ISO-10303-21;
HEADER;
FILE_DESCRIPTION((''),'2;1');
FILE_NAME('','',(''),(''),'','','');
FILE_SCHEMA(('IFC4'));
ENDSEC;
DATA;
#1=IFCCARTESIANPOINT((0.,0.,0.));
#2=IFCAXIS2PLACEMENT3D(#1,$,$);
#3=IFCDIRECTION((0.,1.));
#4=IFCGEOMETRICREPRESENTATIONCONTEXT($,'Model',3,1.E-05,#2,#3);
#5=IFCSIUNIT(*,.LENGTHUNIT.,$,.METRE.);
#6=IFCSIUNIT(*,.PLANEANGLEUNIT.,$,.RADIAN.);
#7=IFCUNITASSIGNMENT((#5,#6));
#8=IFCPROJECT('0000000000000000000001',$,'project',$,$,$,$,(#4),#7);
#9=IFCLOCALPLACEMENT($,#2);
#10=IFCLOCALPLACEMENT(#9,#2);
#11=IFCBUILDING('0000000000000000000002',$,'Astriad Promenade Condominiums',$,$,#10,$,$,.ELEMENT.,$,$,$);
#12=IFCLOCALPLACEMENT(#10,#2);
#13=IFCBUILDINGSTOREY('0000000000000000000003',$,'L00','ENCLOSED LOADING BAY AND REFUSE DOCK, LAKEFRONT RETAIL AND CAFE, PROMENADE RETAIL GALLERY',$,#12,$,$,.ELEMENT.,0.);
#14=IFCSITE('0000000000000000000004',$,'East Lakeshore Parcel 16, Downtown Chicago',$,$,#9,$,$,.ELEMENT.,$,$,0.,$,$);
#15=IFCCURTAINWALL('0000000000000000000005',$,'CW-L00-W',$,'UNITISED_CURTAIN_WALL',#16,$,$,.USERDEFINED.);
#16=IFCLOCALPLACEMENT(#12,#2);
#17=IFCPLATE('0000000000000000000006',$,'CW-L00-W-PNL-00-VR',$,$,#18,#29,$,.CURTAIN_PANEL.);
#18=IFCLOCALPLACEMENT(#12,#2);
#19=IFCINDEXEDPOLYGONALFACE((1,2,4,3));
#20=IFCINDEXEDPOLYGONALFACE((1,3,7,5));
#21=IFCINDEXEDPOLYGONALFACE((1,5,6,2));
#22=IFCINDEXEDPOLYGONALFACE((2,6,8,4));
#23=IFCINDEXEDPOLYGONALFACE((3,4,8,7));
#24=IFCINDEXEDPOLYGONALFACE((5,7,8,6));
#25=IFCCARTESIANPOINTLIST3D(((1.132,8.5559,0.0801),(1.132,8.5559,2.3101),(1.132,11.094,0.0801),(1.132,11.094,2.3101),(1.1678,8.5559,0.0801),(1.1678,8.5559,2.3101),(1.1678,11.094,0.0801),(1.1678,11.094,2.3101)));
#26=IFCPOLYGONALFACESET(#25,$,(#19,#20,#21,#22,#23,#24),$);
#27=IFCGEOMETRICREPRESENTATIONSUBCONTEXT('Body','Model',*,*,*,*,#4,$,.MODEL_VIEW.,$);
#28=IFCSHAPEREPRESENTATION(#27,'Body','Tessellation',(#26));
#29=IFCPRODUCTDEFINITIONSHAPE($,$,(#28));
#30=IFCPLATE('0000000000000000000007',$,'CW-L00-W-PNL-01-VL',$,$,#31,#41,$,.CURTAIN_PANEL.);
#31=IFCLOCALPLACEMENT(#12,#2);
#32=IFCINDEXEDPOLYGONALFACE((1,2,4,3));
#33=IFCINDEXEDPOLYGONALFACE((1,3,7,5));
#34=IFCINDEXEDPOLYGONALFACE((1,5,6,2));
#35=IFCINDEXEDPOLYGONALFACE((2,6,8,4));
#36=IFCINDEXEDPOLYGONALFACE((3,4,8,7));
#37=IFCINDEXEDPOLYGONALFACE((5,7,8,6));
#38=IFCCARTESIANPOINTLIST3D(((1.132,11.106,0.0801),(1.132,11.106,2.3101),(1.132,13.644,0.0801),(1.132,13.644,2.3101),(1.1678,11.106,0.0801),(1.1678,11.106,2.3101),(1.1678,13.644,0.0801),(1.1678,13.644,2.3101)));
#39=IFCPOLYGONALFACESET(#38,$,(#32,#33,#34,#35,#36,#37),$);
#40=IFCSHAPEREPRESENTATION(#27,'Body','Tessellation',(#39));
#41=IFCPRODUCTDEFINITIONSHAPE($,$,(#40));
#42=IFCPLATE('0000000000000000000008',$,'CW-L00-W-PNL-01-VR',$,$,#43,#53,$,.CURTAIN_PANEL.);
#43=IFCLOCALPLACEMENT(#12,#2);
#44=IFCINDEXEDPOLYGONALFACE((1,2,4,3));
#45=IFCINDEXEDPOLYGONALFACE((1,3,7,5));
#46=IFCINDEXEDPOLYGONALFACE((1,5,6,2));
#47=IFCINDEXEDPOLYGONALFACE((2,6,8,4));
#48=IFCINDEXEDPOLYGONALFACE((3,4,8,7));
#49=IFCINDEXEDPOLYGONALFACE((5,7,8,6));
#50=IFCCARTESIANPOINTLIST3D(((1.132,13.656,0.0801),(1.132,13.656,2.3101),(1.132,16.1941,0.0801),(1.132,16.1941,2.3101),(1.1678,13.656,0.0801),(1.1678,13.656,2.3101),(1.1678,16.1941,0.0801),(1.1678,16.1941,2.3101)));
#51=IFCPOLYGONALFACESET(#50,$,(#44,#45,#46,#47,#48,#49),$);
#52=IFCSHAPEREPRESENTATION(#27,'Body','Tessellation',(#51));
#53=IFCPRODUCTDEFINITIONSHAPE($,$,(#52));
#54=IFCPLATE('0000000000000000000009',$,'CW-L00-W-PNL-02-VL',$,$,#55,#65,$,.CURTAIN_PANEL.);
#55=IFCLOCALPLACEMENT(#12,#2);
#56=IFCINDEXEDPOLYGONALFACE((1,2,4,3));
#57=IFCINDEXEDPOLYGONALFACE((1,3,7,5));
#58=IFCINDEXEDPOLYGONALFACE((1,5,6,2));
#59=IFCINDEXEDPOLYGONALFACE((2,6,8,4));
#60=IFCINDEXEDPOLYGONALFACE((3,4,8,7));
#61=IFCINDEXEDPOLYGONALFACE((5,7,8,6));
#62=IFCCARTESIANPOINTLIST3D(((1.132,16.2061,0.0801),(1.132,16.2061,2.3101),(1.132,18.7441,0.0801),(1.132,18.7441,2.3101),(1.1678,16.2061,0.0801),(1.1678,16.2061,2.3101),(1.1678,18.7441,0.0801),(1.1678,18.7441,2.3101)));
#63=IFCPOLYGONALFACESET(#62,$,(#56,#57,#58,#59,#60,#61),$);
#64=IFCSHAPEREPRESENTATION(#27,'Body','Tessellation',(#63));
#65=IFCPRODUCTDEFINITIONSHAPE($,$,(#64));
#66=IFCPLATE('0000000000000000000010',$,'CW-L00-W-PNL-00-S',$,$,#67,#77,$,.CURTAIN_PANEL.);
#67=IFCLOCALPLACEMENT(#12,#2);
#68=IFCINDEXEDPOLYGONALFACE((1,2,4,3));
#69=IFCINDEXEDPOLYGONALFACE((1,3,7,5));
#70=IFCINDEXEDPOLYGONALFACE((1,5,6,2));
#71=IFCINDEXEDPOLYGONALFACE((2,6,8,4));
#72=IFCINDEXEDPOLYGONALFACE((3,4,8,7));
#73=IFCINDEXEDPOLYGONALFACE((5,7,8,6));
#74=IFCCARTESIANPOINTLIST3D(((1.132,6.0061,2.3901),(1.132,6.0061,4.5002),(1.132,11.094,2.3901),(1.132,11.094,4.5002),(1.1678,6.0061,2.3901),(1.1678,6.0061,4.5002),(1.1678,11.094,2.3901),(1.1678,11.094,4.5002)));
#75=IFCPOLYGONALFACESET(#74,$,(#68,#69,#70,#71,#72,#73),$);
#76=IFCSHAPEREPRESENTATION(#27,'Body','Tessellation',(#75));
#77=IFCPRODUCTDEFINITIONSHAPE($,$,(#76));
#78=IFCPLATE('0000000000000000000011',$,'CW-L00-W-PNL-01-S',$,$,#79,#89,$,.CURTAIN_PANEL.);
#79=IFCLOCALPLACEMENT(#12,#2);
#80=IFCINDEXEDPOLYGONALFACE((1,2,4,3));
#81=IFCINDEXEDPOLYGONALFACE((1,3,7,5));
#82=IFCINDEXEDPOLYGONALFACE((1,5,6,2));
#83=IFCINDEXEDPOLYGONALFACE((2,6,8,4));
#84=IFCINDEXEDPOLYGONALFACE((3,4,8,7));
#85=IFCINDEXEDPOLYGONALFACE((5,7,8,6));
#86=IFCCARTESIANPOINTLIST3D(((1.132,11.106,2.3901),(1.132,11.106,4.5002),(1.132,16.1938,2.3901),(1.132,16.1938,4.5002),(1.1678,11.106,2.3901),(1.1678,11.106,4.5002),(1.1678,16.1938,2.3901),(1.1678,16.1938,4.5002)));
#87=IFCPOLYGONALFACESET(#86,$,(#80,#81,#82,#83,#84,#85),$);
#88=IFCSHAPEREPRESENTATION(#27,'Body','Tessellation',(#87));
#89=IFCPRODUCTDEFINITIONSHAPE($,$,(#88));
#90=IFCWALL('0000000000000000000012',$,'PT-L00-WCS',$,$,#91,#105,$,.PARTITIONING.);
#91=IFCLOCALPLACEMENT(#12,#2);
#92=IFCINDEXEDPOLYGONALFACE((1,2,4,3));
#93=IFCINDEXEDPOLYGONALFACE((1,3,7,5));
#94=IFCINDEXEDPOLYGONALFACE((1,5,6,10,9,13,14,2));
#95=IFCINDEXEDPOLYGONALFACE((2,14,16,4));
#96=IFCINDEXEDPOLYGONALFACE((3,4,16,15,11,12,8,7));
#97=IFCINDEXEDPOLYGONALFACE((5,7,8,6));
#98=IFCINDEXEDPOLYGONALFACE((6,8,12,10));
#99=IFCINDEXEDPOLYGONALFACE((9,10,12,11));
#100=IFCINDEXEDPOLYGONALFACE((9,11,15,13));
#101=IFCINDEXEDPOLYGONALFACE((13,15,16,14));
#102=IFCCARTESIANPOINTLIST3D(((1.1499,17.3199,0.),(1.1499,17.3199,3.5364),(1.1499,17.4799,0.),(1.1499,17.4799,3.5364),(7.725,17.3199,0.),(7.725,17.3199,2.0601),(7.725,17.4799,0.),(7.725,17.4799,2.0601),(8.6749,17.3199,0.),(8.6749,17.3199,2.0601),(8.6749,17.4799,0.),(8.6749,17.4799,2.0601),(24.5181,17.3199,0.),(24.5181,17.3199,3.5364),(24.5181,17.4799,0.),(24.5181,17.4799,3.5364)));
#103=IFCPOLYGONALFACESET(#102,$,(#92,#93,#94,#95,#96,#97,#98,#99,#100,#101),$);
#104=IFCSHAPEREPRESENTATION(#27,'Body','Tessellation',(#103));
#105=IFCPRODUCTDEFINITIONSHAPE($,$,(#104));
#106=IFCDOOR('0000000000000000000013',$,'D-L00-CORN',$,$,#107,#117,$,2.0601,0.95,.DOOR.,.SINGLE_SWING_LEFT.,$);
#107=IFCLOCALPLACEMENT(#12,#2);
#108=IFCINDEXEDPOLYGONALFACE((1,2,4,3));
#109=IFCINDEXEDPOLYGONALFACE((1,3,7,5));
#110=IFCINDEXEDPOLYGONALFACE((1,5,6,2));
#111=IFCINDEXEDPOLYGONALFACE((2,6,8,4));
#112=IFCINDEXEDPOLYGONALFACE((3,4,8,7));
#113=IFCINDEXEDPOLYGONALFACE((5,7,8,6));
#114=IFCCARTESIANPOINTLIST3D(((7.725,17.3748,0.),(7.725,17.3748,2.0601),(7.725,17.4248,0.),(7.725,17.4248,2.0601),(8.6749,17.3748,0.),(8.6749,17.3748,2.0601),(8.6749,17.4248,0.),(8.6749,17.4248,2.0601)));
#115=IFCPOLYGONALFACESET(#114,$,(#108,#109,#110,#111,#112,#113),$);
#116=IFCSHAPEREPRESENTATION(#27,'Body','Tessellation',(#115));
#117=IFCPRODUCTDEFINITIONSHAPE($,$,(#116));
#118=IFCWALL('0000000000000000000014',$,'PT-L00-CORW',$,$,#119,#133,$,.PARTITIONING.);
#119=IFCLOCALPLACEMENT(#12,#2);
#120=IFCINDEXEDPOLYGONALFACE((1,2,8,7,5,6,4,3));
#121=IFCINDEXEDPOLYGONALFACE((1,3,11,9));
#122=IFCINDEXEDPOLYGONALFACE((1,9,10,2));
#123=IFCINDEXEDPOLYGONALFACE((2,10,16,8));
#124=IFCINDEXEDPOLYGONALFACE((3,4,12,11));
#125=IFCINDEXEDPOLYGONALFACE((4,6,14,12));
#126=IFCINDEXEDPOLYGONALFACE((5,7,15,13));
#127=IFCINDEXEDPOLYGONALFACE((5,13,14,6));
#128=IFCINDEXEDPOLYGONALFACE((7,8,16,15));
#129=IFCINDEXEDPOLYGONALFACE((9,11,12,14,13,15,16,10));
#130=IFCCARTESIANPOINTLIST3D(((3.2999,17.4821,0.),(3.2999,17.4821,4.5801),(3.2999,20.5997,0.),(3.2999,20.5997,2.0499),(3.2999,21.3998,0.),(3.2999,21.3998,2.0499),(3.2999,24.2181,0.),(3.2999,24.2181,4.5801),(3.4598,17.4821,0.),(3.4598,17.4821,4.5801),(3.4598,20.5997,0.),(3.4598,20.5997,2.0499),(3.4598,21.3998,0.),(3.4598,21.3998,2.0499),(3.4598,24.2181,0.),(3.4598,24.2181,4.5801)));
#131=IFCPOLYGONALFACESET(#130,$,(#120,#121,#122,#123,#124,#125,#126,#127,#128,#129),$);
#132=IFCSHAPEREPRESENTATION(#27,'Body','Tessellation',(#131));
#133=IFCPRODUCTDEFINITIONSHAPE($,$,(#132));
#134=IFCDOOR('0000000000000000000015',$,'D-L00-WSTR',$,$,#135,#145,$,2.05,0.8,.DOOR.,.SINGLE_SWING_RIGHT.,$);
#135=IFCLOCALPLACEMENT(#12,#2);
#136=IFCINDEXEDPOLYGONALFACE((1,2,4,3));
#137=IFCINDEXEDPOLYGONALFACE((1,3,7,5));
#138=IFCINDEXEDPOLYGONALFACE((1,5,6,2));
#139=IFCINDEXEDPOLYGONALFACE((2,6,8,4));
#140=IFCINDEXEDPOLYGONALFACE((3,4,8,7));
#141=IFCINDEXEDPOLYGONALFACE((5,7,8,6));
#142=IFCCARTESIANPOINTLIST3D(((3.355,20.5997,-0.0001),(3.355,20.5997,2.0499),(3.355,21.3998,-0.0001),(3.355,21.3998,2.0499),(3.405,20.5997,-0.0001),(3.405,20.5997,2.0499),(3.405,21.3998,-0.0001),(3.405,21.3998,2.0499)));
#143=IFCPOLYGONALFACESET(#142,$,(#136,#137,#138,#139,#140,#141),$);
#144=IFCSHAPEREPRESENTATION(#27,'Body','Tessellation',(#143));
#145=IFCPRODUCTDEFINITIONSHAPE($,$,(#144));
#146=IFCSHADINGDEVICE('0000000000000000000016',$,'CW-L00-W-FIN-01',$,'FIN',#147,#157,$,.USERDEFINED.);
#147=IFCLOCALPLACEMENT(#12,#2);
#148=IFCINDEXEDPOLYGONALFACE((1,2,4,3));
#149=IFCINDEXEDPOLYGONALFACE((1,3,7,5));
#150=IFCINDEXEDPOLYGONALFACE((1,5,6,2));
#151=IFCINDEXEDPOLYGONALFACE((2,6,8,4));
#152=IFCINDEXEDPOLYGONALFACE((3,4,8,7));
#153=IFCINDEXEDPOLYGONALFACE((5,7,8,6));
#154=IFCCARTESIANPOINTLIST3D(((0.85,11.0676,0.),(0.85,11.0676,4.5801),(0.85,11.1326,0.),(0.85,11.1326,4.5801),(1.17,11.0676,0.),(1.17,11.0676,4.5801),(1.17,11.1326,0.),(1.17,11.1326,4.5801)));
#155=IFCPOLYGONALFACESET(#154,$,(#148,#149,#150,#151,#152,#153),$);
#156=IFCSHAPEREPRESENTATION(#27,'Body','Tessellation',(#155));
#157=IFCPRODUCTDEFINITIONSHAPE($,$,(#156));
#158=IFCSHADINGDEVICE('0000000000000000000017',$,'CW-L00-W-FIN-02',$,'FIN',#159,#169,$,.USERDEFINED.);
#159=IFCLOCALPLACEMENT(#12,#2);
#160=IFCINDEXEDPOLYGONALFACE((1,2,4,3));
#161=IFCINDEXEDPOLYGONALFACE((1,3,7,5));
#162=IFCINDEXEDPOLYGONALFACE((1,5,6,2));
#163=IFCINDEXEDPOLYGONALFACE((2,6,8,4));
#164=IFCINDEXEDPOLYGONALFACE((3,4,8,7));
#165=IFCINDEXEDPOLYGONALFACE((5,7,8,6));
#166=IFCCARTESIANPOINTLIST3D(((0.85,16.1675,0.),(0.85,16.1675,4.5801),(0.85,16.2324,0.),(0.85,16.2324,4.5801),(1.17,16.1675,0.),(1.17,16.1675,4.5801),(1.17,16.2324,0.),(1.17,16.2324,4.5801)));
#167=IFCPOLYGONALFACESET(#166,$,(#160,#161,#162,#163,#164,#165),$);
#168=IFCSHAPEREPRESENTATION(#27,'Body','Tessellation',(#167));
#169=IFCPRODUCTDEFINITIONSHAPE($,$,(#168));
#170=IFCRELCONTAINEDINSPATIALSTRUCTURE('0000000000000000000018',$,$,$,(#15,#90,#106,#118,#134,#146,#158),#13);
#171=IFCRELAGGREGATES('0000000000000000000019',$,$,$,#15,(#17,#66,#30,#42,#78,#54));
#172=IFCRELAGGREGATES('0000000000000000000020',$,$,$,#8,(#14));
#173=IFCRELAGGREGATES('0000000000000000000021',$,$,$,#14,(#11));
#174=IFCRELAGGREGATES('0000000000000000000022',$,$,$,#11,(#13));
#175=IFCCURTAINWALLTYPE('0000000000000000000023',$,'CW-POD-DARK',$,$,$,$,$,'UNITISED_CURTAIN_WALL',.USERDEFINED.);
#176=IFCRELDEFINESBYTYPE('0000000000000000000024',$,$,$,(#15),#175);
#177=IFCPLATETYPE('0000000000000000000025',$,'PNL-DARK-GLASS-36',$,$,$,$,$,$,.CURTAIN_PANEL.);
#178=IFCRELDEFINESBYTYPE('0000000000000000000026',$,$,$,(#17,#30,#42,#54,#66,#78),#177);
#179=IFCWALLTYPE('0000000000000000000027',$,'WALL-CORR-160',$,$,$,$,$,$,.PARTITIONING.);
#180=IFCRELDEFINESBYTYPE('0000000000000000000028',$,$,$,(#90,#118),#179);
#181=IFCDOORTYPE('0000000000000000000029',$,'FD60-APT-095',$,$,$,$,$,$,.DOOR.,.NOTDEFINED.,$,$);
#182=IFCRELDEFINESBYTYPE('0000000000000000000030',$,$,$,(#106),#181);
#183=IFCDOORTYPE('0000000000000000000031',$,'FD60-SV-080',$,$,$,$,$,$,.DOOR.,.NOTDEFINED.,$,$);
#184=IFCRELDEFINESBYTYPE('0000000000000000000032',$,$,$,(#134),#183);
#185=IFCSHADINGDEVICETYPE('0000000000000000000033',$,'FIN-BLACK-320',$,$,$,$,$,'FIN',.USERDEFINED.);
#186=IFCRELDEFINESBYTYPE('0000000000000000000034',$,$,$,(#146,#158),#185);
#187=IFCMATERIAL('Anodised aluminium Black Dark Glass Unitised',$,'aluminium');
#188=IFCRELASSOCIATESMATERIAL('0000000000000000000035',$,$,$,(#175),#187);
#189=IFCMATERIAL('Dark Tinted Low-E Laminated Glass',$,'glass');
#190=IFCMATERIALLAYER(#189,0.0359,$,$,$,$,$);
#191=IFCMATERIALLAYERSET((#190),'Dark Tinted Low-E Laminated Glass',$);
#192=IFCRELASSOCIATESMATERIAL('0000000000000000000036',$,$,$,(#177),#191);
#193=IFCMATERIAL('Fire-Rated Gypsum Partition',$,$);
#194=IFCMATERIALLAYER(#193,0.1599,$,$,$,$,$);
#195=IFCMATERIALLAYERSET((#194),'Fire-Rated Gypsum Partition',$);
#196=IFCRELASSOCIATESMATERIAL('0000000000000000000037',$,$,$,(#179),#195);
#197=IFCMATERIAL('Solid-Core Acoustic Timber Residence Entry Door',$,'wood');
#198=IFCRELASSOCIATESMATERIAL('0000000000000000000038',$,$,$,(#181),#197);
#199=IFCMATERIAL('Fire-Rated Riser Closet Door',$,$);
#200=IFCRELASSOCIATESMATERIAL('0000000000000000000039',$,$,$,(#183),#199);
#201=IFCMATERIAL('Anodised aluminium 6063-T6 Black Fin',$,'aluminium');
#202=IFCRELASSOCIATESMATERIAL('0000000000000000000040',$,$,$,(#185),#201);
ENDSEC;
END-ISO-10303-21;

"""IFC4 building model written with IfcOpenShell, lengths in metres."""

from ifc_helpers import new_model, si_unit, direction, frame, frame_2d, origin, origin_2d, place, context, subcontext, project, spatial, rectangle, extrude, source, transform, mapped, material, layer, layer_set, type_object, type_shapes, element, fill, aggregate, save


model = new_model("IFC4")

# Units and contexts
model_context = context("Model", 3, precision=1e-05, world=origin(), true_north=direction((0.0, 1.0)))
body_context = subcontext(model_context, "Body", "Model", "MODEL_VIEW")
ifc_project = project(units=[si_unit("LENGTHUNIT", "METRE"), si_unit("PLANEANGLEUNIT", "RADIAN")], contexts=[model_context])

# Site, building, storey
site_placement = place(None, origin())
site = spatial("IfcSite", under=ifc_project, at=site_placement, Name="East Lakeshore Parcel 16, Downtown Chicago", CompositionType="ELEMENT", RefElevation=0.0)
building_placement = place(site_placement, origin())
building = spatial("IfcBuilding", under=site, at=building_placement, Name="Astriad Promenade Condominiums", CompositionType="ELEMENT")
storey_placement = place(building_placement, origin())
storey = spatial("IfcBuildingStorey", under=building, at=storey_placement, Name="L00", Description="ENCLOSED LOADING BAY AND REFUSE DOCK, LAKEFRONT RETAIL AND CAFE, PROMENADE RETAIL GALLERY", CompositionType="ELEMENT", Elevation=0.0)

# Curtain wall
ifc_material_1 = material(Name="Anodised aluminium Black Dark Glass Unitised", Category="aluminium")
curtain_wall_type = type_object("IfcCurtainWallType", Name="CW-POD-DARK", ElementType="UNITISED_CURTAIN_WALL", PredefinedType="USERDEFINED", material=ifc_material_1)
curtain_wall_placement = place(storey_placement, origin())
curtain_wall = element("IfcCurtainWall", 1, at=curtain_wall_placement, inside=storey, type_object=curtain_wall_type, Name="CW-L00-W", ObjectType="UNITISED_CURTAIN_WALL", PredefinedType="USERDEFINED")

# Plates
ifc_material_2 = material(Name="Dark Tinted Low-E Laminated Glass", Category="glass")
ifc_layer_1 = layer(ifc_material_2, 0.0359)
ifc_layer_set_1 = layer_set([ifc_layer_1], Name="Dark Tinted Low-E Laminated Glass")
plate_type_1 = type_object("IfcPlateType", Name="PNL-DARK-GLASS-36", PredefinedType="CURTAIN_PANEL", material=ifc_layer_set_1)
shared_shape_1 = source(origin(), body_context, "Body", "SweptSolid", [
    extrude(rectangle(XDim=2.5381, YDim=0.0359, at=origin_2d()), origin(), (0.0, 0.0, 1.0), 2.23),
])
plate_1_placement = place(storey_placement, frame((1.1499, 9.825, 0.0801), z_axis=(0.0, 0.0, 1.0), x_axis=(0.0, 1.0, 0.0)))
plate_1 = element("IfcPlate", 2, at=plate_1_placement, type_object=plate_type_1, Name="CW-L00-W-PNL-00-VR", PredefinedType="CURTAIN_PANEL", context=body_context, shape_type="MappedRepresentation", body=[
    mapped(shared_shape_1, transform((0.0, 0.0, 0.0), scale=1.0)),
])
plate_2_placement = place(storey_placement, frame((1.1499, 12.375, 0.0801), z_axis=(0.0, 0.0, 1.0), x_axis=(0.0, 1.0, 0.0)))
plate_2 = element("IfcPlate", 3, at=plate_2_placement, type_object=plate_type_1, Name="CW-L00-W-PNL-01-VL", PredefinedType="CURTAIN_PANEL", context=body_context, shape_type="MappedRepresentation", body=[
    mapped(shared_shape_1, transform((0.0, 0.0, 0.0), scale=1.0)),
])
plate_3_placement = place(storey_placement, frame((1.1499, 14.925, 0.0801), z_axis=(0.0, 0.0, 1.0), x_axis=(0.0, 1.0, 0.0)))
plate_3 = element("IfcPlate", 4, at=plate_3_placement, type_object=plate_type_1, Name="CW-L00-W-PNL-01-VR", PredefinedType="CURTAIN_PANEL", context=body_context, shape_type="MappedRepresentation", body=[
    mapped(shared_shape_1, transform((0.0, 0.0, 0.0), scale=1.0)),
])
plate_4_placement = place(storey_placement, frame((1.1499, 17.4751, 0.0801), z_axis=(0.0, 0.0, 1.0), x_axis=(0.0, 1.0, 0.0)))
plate_4 = element("IfcPlate", 5, at=plate_4_placement, type_object=plate_type_1, Name="CW-L00-W-PNL-02-VL", PredefinedType="CURTAIN_PANEL", context=body_context, shape_type="MappedRepresentation", body=[
    mapped(shared_shape_1, transform((0.0, 0.0, 0.0), scale=1.0)),
])
shared_shape_2 = source(origin(), body_context, "Body", "SweptSolid", [
    extrude(rectangle(XDim=5.0879, YDim=0.0359, at=origin_2d()), origin(), (0.0, 0.0, 1.0), 2.1101),
])
type_shapes(plate_type_1, [shared_shape_1, shared_shape_2])
plate_5_placement = place(storey_placement, frame((1.1499, 8.55, 2.3901), z_axis=(0.0, 0.0, 1.0), x_axis=(0.0, 1.0, 0.0)))
plate_5 = element("IfcPlate", 6, at=plate_5_placement, type_object=plate_type_1, Name="CW-L00-W-PNL-00-S", PredefinedType="CURTAIN_PANEL", context=body_context, shape_type="MappedRepresentation", body=[
    mapped(shared_shape_2, transform((0.0, 0.0, 0.0), scale=1.0)),
])
plate_6_placement = place(storey_placement, frame((1.1499, 13.6499, 2.3901), z_axis=(0.0, 0.0, 1.0), x_axis=(0.0, 1.0, 0.0)))
plate_6 = element("IfcPlate", 7, at=plate_6_placement, type_object=plate_type_1, Name="CW-L00-W-PNL-01-S", PredefinedType="CURTAIN_PANEL", context=body_context, shape_type="MappedRepresentation", body=[
    mapped(shared_shape_2, transform((0.0, 0.0, 0.0), scale=1.0)),
])
aggregate(curtain_wall, [plate_1, plate_5, plate_2, plate_3, plate_6, plate_4])

# Walls, openings, doors
ifc_material_3 = material(Name="Fire-Rated Gypsum Partition")
ifc_layer_2 = layer(ifc_material_3, 0.1599)
ifc_layer_set_2 = layer_set([ifc_layer_2], Name="Fire-Rated Gypsum Partition")
wall_type = type_object("IfcWallType", Name="WALL-CORR-160", PredefinedType="PARTITIONING", material=ifc_layer_set_2)
wall_1_placement = place(storey_placement, frame((1.1499, 17.3999, 0.0), z_axis=(0.0, 0.0, 1.0), x_axis=(1.0, 0.0, 0.0)))
wall_1 = element("IfcWall", 8, at=wall_1_placement, inside=storey, type_object=wall_type, Name="PT-L00-WCS", PredefinedType="PARTITIONING", context=body_context, shape_type="SweptSolid", body=[
    extrude(rectangle(XDim=23.3682, YDim=0.1599, at=frame_2d((11.6841, 0.0))), origin(), (0.0, 0.0, 1.0), 3.5364),
])
opening_1_placement = place(wall_1_placement, frame((6.575, 0.0, 0.0)))
opening_1 = element("IfcOpeningElement", 9, at=opening_1_placement, cuts=wall_1, PredefinedType="OPENING", context=body_context, shape_type="SweptSolid", body=[
    extrude(rectangle(XDim=0.95, YDim=2.0601, at=frame_2d((0.4751, 1.03))), frame((0.0, 0.0898, 0.0), z_axis=(0.0, -1.0, 0.0), x_axis=(1.0, 0.0, 0.0)), (0.0, 0.0, 1.0), 0.1799),
])
ifc_material_4 = material(Name="Solid-Core Acoustic Timber Residence Entry Door", Category="wood")
door_type_1 = type_object("IfcDoorType", Name="FD60-APT-095", OperationType="NOTDEFINED", PredefinedType="DOOR", material=ifc_material_4)
shared_shape_3 = source(origin(), body_context, "Body", "SweptSolid", [
    extrude(rectangle(XDim=0.95, YDim=2.0601, at=frame_2d((0.4751, 1.03))), frame((0.0, 0.0249, 0.0), z_axis=(0.0, -1.0, 0.0), x_axis=(1.0, 0.0, 0.0)), (0.0, 0.0, 1.0), 0.05),
])
type_shapes(door_type_1, [shared_shape_3])
door_1_placement = place(opening_1_placement, origin())
door_1 = element("IfcDoor", 10, at=door_1_placement, inside=storey, type_object=door_type_1, Name="D-L00-CORN", OperationType="SINGLE_SWING_LEFT", OverallHeight=2.0601, OverallWidth=0.95, PredefinedType="DOOR", context=body_context, shape_type="MappedRepresentation", body=[
    mapped(shared_shape_3, transform((0.0, 0.0, 0.0), scale=1.0)),
])
fill(opening_1, door_1)
wall_2_placement = place(storey_placement, frame((3.3799, 17.4819, 0.0), z_axis=(0.0, 0.0, 1.0), x_axis=(0.0, 1.0, 0.0)))
wall_2 = element("IfcWall", 11, at=wall_2_placement, inside=storey, type_object=wall_type, Name="PT-L00-CORW", PredefinedType="PARTITIONING", context=body_context, shape_type="SweptSolid", body=[
    extrude(rectangle(XDim=6.7361, YDim=0.1599, at=frame_2d((3.3682, 0.0))), origin(), (0.0, 0.0, 1.0), 4.5801),
])
opening_2_placement = place(wall_2_placement, frame((3.1179, 0.0, 0.0)))
opening_2 = element("IfcOpeningElement", 12, at=opening_2_placement, cuts=wall_2, PredefinedType="OPENING", context=body_context, shape_type="SweptSolid", body=[
    extrude(rectangle(XDim=0.8, YDim=2.05, at=frame_2d((0.3999, 1.0249))), frame((0.0, 0.0898, 0.0), z_axis=(0.0, -1.0, 0.0), x_axis=(1.0, 0.0, 0.0)), (0.0, 0.0, 1.0), 0.1799),
])
ifc_material_5 = material(Name="Fire-Rated Riser Closet Door")
door_type_2 = type_object("IfcDoorType", Name="FD60-SV-080", OperationType="NOTDEFINED", PredefinedType="DOOR", material=ifc_material_5)
shared_shape_4 = source(origin(), body_context, "Body", "SweptSolid", [
    extrude(rectangle(XDim=0.8, YDim=2.05, at=frame_2d((0.3999, 1.0249))), frame((0.0, 0.0249, 0.0), z_axis=(0.0, -1.0, 0.0), x_axis=(1.0, 0.0, 0.0)), (0.0, 0.0, 1.0), 0.05),
])
type_shapes(door_type_2, [shared_shape_4])
door_2_placement = place(opening_2_placement, origin())
door_2 = element("IfcDoor", 13, at=door_2_placement, inside=storey, type_object=door_type_2, Name="D-L00-WSTR", OperationType="SINGLE_SWING_RIGHT", OverallHeight=2.05, OverallWidth=0.8, PredefinedType="DOOR", context=body_context, shape_type="MappedRepresentation", body=[
    mapped(shared_shape_4, transform((0.0, 0.0, 0.0), scale=1.0)),
])
fill(opening_2, door_2)

# Shading devices
ifc_material_6 = material(Name="Anodised aluminium 6063-T6 Black Fin", Category="aluminium")
shading_device_type = type_object("IfcShadingDeviceType", Name="FIN-BLACK-320", ElementType="FIN", PredefinedType="USERDEFINED", material=ifc_material_6)
shared_shape_5 = source(origin(), body_context, "Body", "SweptSolid", [
    extrude(rectangle(XDim=0.0649, YDim=0.3201, at=origin_2d()), origin(), (0.0, 0.0, 1.0), 4.5801),
])
type_shapes(shading_device_type, [shared_shape_5])
for number, where, z_axis, x_axis, name in (
    (14, (1.01, 11.1001, 0.0), (0.0, 0.0, 1.0), (0.0, 1.0, 0.0), "CW-L00-W-FIN-01"),
    (15, (1.01, 16.2, 0.0), (0.0, 0.0, 1.0), (0.0, 1.0, 0.0), "CW-L00-W-FIN-02"),
):
    element("IfcShadingDevice", number, at=place(storey_placement, frame(where, z_axis=z_axis, x_axis=x_axis)), inside=storey, type_object=shading_device_type, Name=name, ObjectType="FIN", PredefinedType="USERDEFINED", context=body_context, shape_type="MappedRepresentation", body=[
        mapped(shared_shape_5, transform((0.0, 0.0, 0.0), scale=1.0)),
    ])

save(model, "model.ifc")
